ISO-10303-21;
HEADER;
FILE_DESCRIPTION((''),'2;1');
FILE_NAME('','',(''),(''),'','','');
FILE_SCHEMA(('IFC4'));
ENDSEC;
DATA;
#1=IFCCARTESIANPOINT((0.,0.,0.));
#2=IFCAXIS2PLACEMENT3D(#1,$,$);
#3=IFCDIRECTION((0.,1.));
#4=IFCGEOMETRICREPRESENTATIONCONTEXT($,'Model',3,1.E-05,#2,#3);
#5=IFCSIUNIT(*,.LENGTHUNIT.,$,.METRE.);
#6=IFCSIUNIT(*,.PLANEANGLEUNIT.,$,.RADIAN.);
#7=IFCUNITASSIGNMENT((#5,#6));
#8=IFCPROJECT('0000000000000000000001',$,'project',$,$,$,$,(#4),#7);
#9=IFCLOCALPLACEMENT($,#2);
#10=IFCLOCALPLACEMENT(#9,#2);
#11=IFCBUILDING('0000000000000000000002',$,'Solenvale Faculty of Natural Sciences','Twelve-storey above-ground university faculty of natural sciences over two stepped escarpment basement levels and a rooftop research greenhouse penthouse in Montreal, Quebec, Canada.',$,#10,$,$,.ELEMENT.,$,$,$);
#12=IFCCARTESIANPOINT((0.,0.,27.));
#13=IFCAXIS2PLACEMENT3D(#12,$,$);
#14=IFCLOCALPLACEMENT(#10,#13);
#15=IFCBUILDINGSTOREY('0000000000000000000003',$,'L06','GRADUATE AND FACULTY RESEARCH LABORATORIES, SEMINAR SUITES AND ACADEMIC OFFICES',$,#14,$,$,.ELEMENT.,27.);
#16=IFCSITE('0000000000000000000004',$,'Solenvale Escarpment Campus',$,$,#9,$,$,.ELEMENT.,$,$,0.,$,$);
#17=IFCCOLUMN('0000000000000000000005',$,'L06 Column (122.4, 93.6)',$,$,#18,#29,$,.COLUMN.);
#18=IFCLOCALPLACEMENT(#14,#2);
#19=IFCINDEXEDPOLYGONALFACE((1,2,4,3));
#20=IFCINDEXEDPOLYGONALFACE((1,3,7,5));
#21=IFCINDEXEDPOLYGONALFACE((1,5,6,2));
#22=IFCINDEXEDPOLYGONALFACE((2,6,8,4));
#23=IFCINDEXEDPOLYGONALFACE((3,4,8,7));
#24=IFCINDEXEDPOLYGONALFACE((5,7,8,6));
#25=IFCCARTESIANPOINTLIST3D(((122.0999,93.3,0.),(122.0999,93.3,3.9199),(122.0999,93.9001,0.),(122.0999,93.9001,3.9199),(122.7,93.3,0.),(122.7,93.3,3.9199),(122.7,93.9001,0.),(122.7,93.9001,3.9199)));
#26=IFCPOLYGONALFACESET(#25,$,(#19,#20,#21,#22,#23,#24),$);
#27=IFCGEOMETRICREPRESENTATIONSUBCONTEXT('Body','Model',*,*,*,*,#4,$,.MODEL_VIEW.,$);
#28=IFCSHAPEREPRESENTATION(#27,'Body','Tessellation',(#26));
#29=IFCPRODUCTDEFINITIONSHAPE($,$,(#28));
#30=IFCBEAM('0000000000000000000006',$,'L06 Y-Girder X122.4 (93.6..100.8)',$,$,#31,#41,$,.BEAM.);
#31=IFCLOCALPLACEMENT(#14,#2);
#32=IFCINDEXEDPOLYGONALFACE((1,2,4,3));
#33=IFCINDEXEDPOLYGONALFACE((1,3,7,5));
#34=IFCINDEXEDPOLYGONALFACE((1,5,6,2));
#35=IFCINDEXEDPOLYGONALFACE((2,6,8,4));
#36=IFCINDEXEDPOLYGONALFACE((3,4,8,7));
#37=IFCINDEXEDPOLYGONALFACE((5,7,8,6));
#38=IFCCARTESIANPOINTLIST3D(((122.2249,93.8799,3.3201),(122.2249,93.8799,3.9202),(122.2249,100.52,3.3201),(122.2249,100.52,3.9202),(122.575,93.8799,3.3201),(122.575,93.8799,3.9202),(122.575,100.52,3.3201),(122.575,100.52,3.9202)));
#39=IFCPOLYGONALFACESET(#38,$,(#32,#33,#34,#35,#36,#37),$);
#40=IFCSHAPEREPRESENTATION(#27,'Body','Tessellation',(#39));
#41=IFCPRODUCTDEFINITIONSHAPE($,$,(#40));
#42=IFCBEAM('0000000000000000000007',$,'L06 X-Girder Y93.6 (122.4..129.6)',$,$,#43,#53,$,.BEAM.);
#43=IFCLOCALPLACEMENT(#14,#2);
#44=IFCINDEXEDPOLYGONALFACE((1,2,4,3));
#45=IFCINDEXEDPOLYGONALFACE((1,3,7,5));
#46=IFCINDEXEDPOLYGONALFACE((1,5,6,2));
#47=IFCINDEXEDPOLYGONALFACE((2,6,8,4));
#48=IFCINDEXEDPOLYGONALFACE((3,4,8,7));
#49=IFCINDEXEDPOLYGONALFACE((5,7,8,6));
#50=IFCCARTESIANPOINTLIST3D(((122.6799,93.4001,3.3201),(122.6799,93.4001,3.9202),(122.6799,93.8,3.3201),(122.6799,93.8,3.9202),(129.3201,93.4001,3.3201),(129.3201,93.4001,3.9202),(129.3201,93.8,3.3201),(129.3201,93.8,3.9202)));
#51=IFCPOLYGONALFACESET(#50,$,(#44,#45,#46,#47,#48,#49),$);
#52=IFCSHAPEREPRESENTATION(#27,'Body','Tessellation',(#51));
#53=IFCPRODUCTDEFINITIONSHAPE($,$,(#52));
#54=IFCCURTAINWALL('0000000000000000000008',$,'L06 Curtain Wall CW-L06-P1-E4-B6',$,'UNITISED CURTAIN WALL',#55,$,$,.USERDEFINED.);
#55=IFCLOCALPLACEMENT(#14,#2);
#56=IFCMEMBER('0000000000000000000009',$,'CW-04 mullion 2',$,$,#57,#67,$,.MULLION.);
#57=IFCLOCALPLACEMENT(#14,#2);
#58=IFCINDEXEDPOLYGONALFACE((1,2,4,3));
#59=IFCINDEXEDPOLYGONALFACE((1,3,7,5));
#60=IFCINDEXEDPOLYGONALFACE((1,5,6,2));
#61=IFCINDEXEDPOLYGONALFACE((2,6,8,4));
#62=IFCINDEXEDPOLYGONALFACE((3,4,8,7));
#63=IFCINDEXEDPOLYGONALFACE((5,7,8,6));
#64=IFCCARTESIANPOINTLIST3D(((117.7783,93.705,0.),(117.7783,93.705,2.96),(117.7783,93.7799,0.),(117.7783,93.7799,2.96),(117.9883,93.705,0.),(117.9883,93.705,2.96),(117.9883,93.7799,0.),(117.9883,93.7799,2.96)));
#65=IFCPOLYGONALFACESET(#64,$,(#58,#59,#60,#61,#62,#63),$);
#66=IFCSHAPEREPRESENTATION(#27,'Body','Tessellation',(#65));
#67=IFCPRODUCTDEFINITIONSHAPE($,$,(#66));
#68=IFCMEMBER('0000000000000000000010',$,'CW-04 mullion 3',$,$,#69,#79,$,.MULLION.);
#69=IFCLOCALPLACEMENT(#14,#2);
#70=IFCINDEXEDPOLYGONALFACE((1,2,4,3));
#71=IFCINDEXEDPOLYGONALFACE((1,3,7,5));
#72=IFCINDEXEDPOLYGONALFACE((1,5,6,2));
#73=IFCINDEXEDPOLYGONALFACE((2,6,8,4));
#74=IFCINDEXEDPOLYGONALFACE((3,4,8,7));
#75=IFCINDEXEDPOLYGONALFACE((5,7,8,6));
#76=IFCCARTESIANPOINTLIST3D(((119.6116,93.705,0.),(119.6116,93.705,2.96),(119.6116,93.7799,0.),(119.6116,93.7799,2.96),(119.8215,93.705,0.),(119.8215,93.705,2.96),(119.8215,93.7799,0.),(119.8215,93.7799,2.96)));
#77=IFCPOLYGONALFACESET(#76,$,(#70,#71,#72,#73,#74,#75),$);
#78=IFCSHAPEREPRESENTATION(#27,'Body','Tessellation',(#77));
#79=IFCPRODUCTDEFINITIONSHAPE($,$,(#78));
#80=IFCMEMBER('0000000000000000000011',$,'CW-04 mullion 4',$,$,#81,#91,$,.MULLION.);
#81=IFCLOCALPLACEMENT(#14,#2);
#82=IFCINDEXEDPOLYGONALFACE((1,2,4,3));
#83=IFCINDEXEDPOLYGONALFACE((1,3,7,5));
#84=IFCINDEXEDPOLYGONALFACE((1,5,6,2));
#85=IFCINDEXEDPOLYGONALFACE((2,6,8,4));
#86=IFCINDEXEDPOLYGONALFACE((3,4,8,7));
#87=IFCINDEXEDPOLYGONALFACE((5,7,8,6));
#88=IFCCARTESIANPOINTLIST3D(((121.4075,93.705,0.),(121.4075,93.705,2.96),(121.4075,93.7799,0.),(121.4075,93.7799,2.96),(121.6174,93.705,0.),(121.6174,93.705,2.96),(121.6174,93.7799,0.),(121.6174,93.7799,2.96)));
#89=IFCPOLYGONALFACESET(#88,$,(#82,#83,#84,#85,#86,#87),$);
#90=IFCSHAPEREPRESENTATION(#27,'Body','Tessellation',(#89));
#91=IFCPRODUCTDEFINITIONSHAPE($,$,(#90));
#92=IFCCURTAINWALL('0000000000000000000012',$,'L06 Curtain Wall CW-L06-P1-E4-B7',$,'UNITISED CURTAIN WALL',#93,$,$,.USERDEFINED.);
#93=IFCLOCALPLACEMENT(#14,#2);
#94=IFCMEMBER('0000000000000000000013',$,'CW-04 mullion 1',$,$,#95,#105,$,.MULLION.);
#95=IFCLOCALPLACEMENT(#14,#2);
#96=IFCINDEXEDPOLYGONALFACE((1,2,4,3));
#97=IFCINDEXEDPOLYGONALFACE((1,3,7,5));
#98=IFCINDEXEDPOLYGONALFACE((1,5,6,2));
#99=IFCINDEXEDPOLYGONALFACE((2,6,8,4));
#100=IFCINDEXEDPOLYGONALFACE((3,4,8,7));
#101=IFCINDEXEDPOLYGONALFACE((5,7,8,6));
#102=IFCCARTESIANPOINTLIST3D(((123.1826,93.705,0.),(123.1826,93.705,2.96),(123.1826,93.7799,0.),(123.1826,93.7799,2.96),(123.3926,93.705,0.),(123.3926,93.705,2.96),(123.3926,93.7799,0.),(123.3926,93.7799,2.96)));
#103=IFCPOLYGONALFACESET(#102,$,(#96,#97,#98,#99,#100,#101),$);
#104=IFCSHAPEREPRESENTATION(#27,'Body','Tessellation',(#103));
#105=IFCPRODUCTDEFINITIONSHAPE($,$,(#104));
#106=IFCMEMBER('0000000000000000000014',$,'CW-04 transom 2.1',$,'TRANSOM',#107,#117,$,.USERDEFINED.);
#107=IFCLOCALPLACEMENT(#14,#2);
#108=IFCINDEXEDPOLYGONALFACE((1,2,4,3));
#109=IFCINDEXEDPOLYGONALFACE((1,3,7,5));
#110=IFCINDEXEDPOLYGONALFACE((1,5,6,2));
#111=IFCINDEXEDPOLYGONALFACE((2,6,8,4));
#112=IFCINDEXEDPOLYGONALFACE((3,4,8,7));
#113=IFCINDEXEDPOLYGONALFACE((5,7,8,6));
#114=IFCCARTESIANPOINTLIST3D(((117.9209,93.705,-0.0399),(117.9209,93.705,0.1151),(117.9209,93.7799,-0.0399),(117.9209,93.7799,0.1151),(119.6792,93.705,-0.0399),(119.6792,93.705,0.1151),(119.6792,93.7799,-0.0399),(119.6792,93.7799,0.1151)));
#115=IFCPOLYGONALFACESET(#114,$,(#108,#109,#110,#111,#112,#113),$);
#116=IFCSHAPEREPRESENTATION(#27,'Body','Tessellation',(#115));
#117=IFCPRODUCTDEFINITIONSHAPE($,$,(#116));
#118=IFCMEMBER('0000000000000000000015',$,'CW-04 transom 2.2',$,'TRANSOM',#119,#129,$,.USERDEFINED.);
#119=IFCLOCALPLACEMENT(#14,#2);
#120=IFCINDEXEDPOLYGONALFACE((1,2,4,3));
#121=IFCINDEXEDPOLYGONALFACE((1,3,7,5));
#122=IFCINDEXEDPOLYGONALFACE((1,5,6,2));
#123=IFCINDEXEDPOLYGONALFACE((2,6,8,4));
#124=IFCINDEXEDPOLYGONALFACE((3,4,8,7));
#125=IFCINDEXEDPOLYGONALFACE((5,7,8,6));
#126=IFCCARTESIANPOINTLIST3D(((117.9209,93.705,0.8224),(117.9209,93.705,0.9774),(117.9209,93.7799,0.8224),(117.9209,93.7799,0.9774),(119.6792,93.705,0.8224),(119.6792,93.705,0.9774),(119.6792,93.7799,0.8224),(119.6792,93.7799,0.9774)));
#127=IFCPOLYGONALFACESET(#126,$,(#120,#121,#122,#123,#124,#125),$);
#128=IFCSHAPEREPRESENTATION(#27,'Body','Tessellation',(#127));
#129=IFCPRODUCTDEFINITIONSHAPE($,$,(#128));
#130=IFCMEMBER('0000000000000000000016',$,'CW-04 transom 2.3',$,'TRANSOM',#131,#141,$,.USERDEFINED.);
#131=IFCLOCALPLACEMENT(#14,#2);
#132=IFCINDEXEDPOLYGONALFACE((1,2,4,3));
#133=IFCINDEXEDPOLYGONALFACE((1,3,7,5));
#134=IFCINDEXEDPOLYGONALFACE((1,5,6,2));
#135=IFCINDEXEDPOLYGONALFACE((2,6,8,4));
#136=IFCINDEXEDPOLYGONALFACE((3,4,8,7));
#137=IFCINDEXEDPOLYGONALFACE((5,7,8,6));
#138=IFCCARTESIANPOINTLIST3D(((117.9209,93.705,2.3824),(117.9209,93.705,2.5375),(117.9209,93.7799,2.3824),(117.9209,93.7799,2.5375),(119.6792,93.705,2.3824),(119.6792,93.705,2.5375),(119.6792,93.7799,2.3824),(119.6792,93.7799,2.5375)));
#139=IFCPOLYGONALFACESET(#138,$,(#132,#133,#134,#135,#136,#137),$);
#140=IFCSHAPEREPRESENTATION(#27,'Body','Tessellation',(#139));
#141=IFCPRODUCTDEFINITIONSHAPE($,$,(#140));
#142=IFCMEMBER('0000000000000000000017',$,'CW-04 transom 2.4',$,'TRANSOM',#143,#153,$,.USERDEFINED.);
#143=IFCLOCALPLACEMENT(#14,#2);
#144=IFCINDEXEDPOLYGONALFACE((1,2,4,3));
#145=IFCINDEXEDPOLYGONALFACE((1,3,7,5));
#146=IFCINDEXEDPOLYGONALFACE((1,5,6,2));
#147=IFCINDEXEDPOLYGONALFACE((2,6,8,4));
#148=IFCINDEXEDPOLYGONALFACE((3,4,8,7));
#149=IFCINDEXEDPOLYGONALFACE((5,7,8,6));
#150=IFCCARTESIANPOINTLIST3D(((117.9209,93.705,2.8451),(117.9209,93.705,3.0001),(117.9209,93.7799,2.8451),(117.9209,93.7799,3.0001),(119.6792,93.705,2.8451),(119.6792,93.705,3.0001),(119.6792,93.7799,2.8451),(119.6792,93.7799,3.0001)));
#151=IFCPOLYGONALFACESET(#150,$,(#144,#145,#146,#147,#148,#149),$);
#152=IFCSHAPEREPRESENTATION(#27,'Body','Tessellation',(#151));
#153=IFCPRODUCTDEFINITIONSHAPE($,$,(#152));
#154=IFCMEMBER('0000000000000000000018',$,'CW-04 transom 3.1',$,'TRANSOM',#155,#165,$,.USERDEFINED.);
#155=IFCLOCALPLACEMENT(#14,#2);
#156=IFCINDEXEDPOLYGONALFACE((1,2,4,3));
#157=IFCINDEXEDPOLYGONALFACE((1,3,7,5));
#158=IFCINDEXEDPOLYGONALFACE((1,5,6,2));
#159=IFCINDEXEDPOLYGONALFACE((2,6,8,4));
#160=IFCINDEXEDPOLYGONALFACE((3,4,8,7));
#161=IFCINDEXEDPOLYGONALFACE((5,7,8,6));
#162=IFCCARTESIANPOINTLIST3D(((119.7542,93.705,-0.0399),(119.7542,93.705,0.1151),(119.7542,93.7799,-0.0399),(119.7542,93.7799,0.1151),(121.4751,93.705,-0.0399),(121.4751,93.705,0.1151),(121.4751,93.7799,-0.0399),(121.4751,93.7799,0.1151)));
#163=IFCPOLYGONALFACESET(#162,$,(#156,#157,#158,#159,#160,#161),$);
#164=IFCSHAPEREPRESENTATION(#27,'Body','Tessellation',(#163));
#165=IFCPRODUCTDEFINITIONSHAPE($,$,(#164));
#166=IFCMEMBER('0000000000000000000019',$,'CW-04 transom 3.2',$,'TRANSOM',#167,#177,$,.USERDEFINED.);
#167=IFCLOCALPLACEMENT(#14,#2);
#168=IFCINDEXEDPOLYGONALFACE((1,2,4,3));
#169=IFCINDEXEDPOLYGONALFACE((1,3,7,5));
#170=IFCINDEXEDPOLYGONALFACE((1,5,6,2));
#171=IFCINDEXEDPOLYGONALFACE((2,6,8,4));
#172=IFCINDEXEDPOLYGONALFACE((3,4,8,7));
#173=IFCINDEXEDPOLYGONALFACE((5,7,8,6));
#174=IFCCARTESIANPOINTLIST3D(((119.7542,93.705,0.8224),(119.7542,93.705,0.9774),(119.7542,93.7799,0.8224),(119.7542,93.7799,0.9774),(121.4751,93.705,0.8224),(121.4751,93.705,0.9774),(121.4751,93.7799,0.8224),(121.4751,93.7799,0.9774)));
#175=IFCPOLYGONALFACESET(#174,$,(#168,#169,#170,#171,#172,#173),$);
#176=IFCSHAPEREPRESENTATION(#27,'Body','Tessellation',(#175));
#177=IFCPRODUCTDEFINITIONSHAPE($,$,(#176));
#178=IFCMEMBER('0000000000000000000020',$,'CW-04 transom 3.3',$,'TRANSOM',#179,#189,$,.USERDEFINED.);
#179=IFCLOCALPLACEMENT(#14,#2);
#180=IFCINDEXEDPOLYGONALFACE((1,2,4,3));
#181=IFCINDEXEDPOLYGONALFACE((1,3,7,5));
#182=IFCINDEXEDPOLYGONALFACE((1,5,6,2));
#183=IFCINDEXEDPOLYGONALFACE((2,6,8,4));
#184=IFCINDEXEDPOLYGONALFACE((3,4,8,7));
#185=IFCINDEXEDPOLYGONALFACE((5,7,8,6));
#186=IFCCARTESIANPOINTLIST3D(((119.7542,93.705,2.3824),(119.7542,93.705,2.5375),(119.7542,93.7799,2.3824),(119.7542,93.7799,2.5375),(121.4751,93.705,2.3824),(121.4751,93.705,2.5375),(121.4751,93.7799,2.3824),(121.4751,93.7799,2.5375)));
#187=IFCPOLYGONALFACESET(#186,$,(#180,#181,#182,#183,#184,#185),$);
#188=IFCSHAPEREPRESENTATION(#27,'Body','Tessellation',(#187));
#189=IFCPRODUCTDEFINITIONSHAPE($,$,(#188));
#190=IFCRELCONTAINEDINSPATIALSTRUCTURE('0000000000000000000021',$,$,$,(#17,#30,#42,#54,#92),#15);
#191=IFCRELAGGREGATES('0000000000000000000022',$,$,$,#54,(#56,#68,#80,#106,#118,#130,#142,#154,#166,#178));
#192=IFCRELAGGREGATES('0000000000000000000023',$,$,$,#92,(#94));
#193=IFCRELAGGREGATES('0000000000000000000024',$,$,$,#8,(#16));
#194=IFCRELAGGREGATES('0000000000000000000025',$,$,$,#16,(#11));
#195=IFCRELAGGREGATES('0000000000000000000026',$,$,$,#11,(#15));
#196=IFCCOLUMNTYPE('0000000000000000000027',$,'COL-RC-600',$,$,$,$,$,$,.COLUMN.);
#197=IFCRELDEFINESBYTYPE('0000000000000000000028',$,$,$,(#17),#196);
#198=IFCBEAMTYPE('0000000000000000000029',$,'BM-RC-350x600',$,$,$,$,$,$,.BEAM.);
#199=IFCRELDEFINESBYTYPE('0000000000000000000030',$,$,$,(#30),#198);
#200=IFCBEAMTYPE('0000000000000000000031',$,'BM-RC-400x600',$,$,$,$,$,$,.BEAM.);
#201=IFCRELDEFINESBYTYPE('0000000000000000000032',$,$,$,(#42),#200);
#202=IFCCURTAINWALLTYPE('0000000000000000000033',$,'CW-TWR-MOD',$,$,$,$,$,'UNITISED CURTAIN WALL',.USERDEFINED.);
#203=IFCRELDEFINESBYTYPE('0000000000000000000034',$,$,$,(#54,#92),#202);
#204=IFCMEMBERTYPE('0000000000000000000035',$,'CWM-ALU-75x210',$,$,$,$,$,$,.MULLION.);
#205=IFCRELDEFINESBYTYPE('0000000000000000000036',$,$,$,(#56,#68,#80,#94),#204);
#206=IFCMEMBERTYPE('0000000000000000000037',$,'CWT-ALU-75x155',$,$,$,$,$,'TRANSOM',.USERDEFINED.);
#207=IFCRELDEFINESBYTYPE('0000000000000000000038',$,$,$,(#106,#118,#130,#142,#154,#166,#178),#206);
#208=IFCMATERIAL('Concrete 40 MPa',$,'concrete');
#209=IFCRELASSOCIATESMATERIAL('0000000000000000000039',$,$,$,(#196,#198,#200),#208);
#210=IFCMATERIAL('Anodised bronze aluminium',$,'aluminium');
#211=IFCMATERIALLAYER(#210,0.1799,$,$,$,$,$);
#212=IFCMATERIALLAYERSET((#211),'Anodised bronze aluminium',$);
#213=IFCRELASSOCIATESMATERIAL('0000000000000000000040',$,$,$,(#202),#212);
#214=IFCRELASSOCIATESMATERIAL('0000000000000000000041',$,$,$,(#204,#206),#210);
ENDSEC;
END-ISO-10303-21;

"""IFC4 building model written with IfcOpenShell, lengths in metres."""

from ifc_helpers import new_model, si_unit, direction, frame, origin, origin_2d, place, context, subcontext, project, spatial, rectangle, extrude, material, layer, layer_set, material_profile, profile_set, type_object, element, aggregate, save


model = new_model("IFC4")

# Units and contexts
model_context = context("Model", 3, precision=1e-05, world=origin(), true_north=direction((0.0, 1.0)))
body_context = subcontext(model_context, "Body", "Model", "MODEL_VIEW")
ifc_project = project(units=[si_unit("LENGTHUNIT", "METRE"), si_unit("PLANEANGLEUNIT", "RADIAN")], contexts=[model_context])

# Site, building, storey
site_placement = place(None, origin())
site = spatial("IfcSite", under=ifc_project, at=site_placement, Name="Solenvale Escarpment Campus", CompositionType="ELEMENT", RefElevation=0.0)
building_placement = place(site_placement, origin())
building = spatial("IfcBuilding", under=site, at=building_placement, Name="Solenvale Faculty of Natural Sciences", Description="Twelve-storey above-ground university faculty of natural sciences over two stepped escarpment basement levels and a rooftop research greenhouse penthouse in Montreal, Quebec, Canada.", CompositionType="ELEMENT")
storey_placement = place(building_placement, frame((0.0, 0.0, 27.0)))
storey = spatial("IfcBuildingStorey", under=building, at=storey_placement, Name="L06", Description="GRADUATE AND FACULTY RESEARCH LABORATORIES, SEMINAR SUITES AND ACADEMIC OFFICES", CompositionType="ELEMENT", Elevation=27.0)

# Column
ifc_material_1 = material(Name="Concrete 40 MPa", Category="concrete")
ifc_material_profile_1 = material_profile(ifc_material_1, rectangle(XDim=0.6001, YDim=0.6001, at=origin_2d()), Name="RC-COL-600x600")
ifc_profile_set_1 = profile_set([ifc_material_profile_1], Name="Concrete 40 MPa")
column_type = type_object("IfcColumnType", Name="COL-RC-600", PredefinedType="COLUMN", material=ifc_profile_set_1)
column_placement = place(storey_placement, frame((122.3999, 93.6001, 0.0), z_axis=(0.0, 0.0, 1.0), x_axis=(1.0, 0.0, 0.0)))
element("IfcColumn", 1, at=column_placement, inside=storey, type_object=column_type, Name="L06 Column (122.4, 93.6)", PredefinedType="COLUMN", context=body_context, shape_type="SweptSolid", body=[
    extrude(rectangle(XDim=0.6001, YDim=0.6001, at=origin_2d()), origin(), (0.0, 0.0, 1.0), 3.9199),
])

# Beams
ifc_material_profile_2 = material_profile(ifc_material_1, rectangle(XDim=0.3501, YDim=0.6001, at=origin_2d()), Name="RC-BM-350x600")
ifc_profile_set_2 = profile_set([ifc_material_profile_2], Name="Concrete 40 MPa")
beam_type_1 = type_object("IfcBeamType", Name="BM-RC-350x600", PredefinedType="BEAM", material=ifc_profile_set_2)
beam_1_placement = place(storey_placement, frame((122.3999, 93.8799, 3.6201), z_axis=(0.0, 1.0, 0.0), x_axis=(-1.0, 0.0, 0.0)))
element("IfcBeam", 2, at=beam_1_placement, inside=storey, type_object=beam_type_1, Name="L06 Y-Girder X122.4 (93.6..100.8)", PredefinedType="BEAM", context=body_context, shape_type="SweptSolid", body=[
    extrude(rectangle(XDim=0.3501, YDim=0.6001, at=origin_2d()), origin(), (0.0, 0.0, 1.0), 6.6401),
])
ifc_material_profile_3 = material_profile(ifc_material_1, rectangle(XDim=0.3999, YDim=0.6001, at=origin_2d()), Name="RC-BM-400x600")
ifc_profile_set_3 = profile_set([ifc_material_profile_3], Name="Concrete 40 MPa")
beam_type_2 = type_object("IfcBeamType", Name="BM-RC-400x600", PredefinedType="BEAM", material=ifc_profile_set_3)
beam_2_placement = place(storey_placement, frame((122.6799, 93.6001, 3.6201), z_axis=(1.0, 0.0, 0.0), x_axis=(0.0, 1.0, 0.0)))
element("IfcBeam", 3, at=beam_2_placement, inside=storey, type_object=beam_type_2, Name="L06 X-Girder Y93.6 (122.4..129.6)", PredefinedType="BEAM", context=body_context, shape_type="SweptSolid", body=[
    extrude(rectangle(XDim=0.3999, YDim=0.6001, at=origin_2d()), origin(), (0.0, 0.0, 1.0), 6.6401),
])

# Curtain wall, members
ifc_material_2 = material(Name="Anodised bronze aluminium", Category="aluminium")
ifc_layer_1 = layer(ifc_material_2, 0.1799)
ifc_layer_set_1 = layer_set([ifc_layer_1], Name="Anodised bronze aluminium")
curtain_wall_type = type_object("IfcCurtainWallType", Name="CW-TWR-MOD", ElementType="UNITISED CURTAIN WALL", PredefinedType="USERDEFINED", material=ifc_layer_set_1)
curtain_wall_1_placement = place(storey_placement, origin())
curtain_wall_1 = element("IfcCurtainWall", 4, at=curtain_wall_1_placement, inside=storey, type_object=curtain_wall_type, Name="L06 Curtain Wall CW-L06-P1-E4-B6", ObjectType="UNITISED CURTAIN WALL", PredefinedType="USERDEFINED")
ifc_material_profile_4 = material_profile(ifc_material_2, rectangle(XDim=0.075, YDim=0.21, at=origin_2d()), Name="ALU-MUL-75x210")
ifc_profile_set_4 = profile_set([ifc_material_profile_4], Name="Anodised bronze aluminium")
member_type_1 = type_object("IfcMemberType", Name="CWM-ALU-75x210", PredefinedType="MULLION", material=ifc_profile_set_4)
member_1_placement = place(storey_placement, frame((117.8833, 93.7424, 0.0), z_axis=(0.0, 0.0, 1.0), x_axis=(0.0, 1.0, 0.0)))
member_1 = element("IfcMember", 5, at=member_1_placement, type_object=member_type_1, Name="CW-04 mullion 2", PredefinedType="MULLION", context=body_context, shape_type="SweptSolid", body=[
    extrude(rectangle(XDim=0.075, YDim=0.21, at=origin_2d()), origin(), (0.0, 0.0, 1.0), 2.96),
])
member_2_placement = place(storey_placement, frame((119.7166, 93.7424, 0.0), z_axis=(0.0, 0.0, 1.0), x_axis=(0.0, 1.0, 0.0)))
member_2 = element("IfcMember", 6, at=member_2_placement, type_object=member_type_1, Name="CW-04 mullion 3", PredefinedType="MULLION", context=body_context, shape_type="SweptSolid", body=[
    extrude(rectangle(XDim=0.075, YDim=0.21, at=origin_2d()), origin(), (0.0, 0.0, 1.0), 2.96),
])
member_3_placement = place(storey_placement, frame((121.5125, 93.7424, 0.0), z_axis=(0.0, 0.0, 1.0), x_axis=(0.0, 1.0, 0.0)))
member_3 = element("IfcMember", 7, at=member_3_placement, type_object=member_type_1, Name="CW-04 mullion 4", PredefinedType="MULLION", context=body_context, shape_type="SweptSolid", body=[
    extrude(rectangle(XDim=0.075, YDim=0.21, at=origin_2d()), origin(), (0.0, 0.0, 1.0), 2.96),
])

# Curtain wall, member
curtain_wall_2_placement = place(storey_placement, origin())
curtain_wall_2 = element("IfcCurtainWall", 8, at=curtain_wall_2_placement, inside=storey, type_object=curtain_wall_type, Name="L06 Curtain Wall CW-L06-P1-E4-B7", ObjectType="UNITISED CURTAIN WALL", PredefinedType="USERDEFINED")
member_4_placement = place(storey_placement, frame((123.2876, 93.7424, 0.0), z_axis=(0.0, 0.0, 1.0), x_axis=(0.0, 1.0, 0.0)))
member_4 = element("IfcMember", 9, at=member_4_placement, type_object=member_type_1, Name="CW-04 mullion 1", PredefinedType="MULLION", context=body_context, shape_type="SweptSolid", body=[
    extrude(rectangle(XDim=0.075, YDim=0.21, at=origin_2d()), origin(), (0.0, 0.0, 1.0), 2.96),
])

# Members
ifc_material_profile_5 = material_profile(ifc_material_2, rectangle(XDim=0.075, YDim=0.155, at=origin_2d()), Name="ALU-TRN-75x155")
ifc_profile_set_5 = profile_set([ifc_material_profile_5], Name="Anodised bronze aluminium")
member_type_2 = type_object("IfcMemberType", Name="CWT-ALU-75x155", ElementType="TRANSOM", PredefinedType="USERDEFINED", material=ifc_profile_set_5)
member_5_placement = place(storey_placement, frame((117.9209, 93.7424, 0.0376), z_axis=(1.0, 0.0, 0.0), x_axis=(0.0, 1.0, 0.0)))
member_5 = element("IfcMember", 10, at=member_5_placement, type_object=member_type_2, Name="CW-04 transom 2.1", ObjectType="TRANSOM", PredefinedType="USERDEFINED", context=body_context, shape_type="SweptSolid", body=[
    extrude(rectangle(XDim=0.075, YDim=0.155, at=origin_2d()), origin(), (0.0, 0.0, 1.0), 1.7583),
])
member_6_placement = place(storey_placement, frame((117.9209, 93.7424, 0.8999), z_axis=(1.0, 0.0, 0.0), x_axis=(0.0, 1.0, 0.0)))
member_6 = element("IfcMember", 11, at=member_6_placement, type_object=member_type_2, Name="CW-04 transom 2.2", ObjectType="TRANSOM", PredefinedType="USERDEFINED", context=body_context, shape_type="SweptSolid", body=[
    extrude(rectangle(XDim=0.075, YDim=0.155, at=origin_2d()), origin(), (0.0, 0.0, 1.0), 1.7583),
])
member_7_placement = place(storey_placement, frame((117.9209, 93.7424, 2.46), z_axis=(1.0, 0.0, 0.0), x_axis=(0.0, 1.0, 0.0)))
member_7 = element("IfcMember", 12, at=member_7_placement, type_object=member_type_2, Name="CW-04 transom 2.3", ObjectType="TRANSOM", PredefinedType="USERDEFINED", context=body_context, shape_type="SweptSolid", body=[
    extrude(rectangle(XDim=0.075, YDim=0.155, at=origin_2d()), origin(), (0.0, 0.0, 1.0), 1.7583),
])
member_8_placement = place(storey_placement, frame((117.9209, 93.7424, 2.9226), z_axis=(1.0, 0.0, 0.0), x_axis=(0.0, 1.0, 0.0)))
member_8 = element("IfcMember", 13, at=member_8_placement, type_object=member_type_2, Name="CW-04 transom 2.4", ObjectType="TRANSOM", PredefinedType="USERDEFINED", context=body_context, shape_type="SweptSolid", body=[
    extrude(rectangle(XDim=0.075, YDim=0.155, at=origin_2d()), origin(), (0.0, 0.0, 1.0), 1.7583),
])
member_9_placement = place(storey_placement, frame((119.7542, 93.7424, 0.0376), z_axis=(1.0, 0.0, 0.0), x_axis=(0.0, 1.0, 0.0)))
member_9 = element("IfcMember", 14, at=member_9_placement, type_object=member_type_2, Name="CW-04 transom 3.1", ObjectType="TRANSOM", PredefinedType="USERDEFINED", context=body_context, shape_type="SweptSolid", body=[
    extrude(rectangle(XDim=0.075, YDim=0.155, at=origin_2d()), origin(), (0.0, 0.0, 1.0), 1.7209),
])
member_10_placement = place(storey_placement, frame((119.7542, 93.7424, 0.8999), z_axis=(1.0, 0.0, 0.0), x_axis=(0.0, 1.0, 0.0)))
member_10 = element("IfcMember", 15, at=member_10_placement, type_object=member_type_2, Name="CW-04 transom 3.2", ObjectType="TRANSOM", PredefinedType="USERDEFINED", context=body_context, shape_type="SweptSolid", body=[
    extrude(rectangle(XDim=0.075, YDim=0.155, at=origin_2d()), origin(), (0.0, 0.0, 1.0), 1.7209),
])
member_11_placement = place(storey_placement, frame((119.7542, 93.7424, 2.46), z_axis=(1.0, 0.0, 0.0), x_axis=(0.0, 1.0, 0.0)))
member_11 = element("IfcMember", 16, at=member_11_placement, type_object=member_type_2, Name="CW-04 transom 3.3", ObjectType="TRANSOM", PredefinedType="USERDEFINED", context=body_context, shape_type="SweptSolid", body=[
    extrude(rectangle(XDim=0.075, YDim=0.155, at=origin_2d()), origin(), (0.0, 0.0, 1.0), 1.7209),
])

aggregate(curtain_wall_1, [member_1, member_2, member_3, member_5, member_6, member_7, member_8, member_9, member_10, member_11])
aggregate(curtain_wall_2, [member_4])

save(model, "model.ifc")
